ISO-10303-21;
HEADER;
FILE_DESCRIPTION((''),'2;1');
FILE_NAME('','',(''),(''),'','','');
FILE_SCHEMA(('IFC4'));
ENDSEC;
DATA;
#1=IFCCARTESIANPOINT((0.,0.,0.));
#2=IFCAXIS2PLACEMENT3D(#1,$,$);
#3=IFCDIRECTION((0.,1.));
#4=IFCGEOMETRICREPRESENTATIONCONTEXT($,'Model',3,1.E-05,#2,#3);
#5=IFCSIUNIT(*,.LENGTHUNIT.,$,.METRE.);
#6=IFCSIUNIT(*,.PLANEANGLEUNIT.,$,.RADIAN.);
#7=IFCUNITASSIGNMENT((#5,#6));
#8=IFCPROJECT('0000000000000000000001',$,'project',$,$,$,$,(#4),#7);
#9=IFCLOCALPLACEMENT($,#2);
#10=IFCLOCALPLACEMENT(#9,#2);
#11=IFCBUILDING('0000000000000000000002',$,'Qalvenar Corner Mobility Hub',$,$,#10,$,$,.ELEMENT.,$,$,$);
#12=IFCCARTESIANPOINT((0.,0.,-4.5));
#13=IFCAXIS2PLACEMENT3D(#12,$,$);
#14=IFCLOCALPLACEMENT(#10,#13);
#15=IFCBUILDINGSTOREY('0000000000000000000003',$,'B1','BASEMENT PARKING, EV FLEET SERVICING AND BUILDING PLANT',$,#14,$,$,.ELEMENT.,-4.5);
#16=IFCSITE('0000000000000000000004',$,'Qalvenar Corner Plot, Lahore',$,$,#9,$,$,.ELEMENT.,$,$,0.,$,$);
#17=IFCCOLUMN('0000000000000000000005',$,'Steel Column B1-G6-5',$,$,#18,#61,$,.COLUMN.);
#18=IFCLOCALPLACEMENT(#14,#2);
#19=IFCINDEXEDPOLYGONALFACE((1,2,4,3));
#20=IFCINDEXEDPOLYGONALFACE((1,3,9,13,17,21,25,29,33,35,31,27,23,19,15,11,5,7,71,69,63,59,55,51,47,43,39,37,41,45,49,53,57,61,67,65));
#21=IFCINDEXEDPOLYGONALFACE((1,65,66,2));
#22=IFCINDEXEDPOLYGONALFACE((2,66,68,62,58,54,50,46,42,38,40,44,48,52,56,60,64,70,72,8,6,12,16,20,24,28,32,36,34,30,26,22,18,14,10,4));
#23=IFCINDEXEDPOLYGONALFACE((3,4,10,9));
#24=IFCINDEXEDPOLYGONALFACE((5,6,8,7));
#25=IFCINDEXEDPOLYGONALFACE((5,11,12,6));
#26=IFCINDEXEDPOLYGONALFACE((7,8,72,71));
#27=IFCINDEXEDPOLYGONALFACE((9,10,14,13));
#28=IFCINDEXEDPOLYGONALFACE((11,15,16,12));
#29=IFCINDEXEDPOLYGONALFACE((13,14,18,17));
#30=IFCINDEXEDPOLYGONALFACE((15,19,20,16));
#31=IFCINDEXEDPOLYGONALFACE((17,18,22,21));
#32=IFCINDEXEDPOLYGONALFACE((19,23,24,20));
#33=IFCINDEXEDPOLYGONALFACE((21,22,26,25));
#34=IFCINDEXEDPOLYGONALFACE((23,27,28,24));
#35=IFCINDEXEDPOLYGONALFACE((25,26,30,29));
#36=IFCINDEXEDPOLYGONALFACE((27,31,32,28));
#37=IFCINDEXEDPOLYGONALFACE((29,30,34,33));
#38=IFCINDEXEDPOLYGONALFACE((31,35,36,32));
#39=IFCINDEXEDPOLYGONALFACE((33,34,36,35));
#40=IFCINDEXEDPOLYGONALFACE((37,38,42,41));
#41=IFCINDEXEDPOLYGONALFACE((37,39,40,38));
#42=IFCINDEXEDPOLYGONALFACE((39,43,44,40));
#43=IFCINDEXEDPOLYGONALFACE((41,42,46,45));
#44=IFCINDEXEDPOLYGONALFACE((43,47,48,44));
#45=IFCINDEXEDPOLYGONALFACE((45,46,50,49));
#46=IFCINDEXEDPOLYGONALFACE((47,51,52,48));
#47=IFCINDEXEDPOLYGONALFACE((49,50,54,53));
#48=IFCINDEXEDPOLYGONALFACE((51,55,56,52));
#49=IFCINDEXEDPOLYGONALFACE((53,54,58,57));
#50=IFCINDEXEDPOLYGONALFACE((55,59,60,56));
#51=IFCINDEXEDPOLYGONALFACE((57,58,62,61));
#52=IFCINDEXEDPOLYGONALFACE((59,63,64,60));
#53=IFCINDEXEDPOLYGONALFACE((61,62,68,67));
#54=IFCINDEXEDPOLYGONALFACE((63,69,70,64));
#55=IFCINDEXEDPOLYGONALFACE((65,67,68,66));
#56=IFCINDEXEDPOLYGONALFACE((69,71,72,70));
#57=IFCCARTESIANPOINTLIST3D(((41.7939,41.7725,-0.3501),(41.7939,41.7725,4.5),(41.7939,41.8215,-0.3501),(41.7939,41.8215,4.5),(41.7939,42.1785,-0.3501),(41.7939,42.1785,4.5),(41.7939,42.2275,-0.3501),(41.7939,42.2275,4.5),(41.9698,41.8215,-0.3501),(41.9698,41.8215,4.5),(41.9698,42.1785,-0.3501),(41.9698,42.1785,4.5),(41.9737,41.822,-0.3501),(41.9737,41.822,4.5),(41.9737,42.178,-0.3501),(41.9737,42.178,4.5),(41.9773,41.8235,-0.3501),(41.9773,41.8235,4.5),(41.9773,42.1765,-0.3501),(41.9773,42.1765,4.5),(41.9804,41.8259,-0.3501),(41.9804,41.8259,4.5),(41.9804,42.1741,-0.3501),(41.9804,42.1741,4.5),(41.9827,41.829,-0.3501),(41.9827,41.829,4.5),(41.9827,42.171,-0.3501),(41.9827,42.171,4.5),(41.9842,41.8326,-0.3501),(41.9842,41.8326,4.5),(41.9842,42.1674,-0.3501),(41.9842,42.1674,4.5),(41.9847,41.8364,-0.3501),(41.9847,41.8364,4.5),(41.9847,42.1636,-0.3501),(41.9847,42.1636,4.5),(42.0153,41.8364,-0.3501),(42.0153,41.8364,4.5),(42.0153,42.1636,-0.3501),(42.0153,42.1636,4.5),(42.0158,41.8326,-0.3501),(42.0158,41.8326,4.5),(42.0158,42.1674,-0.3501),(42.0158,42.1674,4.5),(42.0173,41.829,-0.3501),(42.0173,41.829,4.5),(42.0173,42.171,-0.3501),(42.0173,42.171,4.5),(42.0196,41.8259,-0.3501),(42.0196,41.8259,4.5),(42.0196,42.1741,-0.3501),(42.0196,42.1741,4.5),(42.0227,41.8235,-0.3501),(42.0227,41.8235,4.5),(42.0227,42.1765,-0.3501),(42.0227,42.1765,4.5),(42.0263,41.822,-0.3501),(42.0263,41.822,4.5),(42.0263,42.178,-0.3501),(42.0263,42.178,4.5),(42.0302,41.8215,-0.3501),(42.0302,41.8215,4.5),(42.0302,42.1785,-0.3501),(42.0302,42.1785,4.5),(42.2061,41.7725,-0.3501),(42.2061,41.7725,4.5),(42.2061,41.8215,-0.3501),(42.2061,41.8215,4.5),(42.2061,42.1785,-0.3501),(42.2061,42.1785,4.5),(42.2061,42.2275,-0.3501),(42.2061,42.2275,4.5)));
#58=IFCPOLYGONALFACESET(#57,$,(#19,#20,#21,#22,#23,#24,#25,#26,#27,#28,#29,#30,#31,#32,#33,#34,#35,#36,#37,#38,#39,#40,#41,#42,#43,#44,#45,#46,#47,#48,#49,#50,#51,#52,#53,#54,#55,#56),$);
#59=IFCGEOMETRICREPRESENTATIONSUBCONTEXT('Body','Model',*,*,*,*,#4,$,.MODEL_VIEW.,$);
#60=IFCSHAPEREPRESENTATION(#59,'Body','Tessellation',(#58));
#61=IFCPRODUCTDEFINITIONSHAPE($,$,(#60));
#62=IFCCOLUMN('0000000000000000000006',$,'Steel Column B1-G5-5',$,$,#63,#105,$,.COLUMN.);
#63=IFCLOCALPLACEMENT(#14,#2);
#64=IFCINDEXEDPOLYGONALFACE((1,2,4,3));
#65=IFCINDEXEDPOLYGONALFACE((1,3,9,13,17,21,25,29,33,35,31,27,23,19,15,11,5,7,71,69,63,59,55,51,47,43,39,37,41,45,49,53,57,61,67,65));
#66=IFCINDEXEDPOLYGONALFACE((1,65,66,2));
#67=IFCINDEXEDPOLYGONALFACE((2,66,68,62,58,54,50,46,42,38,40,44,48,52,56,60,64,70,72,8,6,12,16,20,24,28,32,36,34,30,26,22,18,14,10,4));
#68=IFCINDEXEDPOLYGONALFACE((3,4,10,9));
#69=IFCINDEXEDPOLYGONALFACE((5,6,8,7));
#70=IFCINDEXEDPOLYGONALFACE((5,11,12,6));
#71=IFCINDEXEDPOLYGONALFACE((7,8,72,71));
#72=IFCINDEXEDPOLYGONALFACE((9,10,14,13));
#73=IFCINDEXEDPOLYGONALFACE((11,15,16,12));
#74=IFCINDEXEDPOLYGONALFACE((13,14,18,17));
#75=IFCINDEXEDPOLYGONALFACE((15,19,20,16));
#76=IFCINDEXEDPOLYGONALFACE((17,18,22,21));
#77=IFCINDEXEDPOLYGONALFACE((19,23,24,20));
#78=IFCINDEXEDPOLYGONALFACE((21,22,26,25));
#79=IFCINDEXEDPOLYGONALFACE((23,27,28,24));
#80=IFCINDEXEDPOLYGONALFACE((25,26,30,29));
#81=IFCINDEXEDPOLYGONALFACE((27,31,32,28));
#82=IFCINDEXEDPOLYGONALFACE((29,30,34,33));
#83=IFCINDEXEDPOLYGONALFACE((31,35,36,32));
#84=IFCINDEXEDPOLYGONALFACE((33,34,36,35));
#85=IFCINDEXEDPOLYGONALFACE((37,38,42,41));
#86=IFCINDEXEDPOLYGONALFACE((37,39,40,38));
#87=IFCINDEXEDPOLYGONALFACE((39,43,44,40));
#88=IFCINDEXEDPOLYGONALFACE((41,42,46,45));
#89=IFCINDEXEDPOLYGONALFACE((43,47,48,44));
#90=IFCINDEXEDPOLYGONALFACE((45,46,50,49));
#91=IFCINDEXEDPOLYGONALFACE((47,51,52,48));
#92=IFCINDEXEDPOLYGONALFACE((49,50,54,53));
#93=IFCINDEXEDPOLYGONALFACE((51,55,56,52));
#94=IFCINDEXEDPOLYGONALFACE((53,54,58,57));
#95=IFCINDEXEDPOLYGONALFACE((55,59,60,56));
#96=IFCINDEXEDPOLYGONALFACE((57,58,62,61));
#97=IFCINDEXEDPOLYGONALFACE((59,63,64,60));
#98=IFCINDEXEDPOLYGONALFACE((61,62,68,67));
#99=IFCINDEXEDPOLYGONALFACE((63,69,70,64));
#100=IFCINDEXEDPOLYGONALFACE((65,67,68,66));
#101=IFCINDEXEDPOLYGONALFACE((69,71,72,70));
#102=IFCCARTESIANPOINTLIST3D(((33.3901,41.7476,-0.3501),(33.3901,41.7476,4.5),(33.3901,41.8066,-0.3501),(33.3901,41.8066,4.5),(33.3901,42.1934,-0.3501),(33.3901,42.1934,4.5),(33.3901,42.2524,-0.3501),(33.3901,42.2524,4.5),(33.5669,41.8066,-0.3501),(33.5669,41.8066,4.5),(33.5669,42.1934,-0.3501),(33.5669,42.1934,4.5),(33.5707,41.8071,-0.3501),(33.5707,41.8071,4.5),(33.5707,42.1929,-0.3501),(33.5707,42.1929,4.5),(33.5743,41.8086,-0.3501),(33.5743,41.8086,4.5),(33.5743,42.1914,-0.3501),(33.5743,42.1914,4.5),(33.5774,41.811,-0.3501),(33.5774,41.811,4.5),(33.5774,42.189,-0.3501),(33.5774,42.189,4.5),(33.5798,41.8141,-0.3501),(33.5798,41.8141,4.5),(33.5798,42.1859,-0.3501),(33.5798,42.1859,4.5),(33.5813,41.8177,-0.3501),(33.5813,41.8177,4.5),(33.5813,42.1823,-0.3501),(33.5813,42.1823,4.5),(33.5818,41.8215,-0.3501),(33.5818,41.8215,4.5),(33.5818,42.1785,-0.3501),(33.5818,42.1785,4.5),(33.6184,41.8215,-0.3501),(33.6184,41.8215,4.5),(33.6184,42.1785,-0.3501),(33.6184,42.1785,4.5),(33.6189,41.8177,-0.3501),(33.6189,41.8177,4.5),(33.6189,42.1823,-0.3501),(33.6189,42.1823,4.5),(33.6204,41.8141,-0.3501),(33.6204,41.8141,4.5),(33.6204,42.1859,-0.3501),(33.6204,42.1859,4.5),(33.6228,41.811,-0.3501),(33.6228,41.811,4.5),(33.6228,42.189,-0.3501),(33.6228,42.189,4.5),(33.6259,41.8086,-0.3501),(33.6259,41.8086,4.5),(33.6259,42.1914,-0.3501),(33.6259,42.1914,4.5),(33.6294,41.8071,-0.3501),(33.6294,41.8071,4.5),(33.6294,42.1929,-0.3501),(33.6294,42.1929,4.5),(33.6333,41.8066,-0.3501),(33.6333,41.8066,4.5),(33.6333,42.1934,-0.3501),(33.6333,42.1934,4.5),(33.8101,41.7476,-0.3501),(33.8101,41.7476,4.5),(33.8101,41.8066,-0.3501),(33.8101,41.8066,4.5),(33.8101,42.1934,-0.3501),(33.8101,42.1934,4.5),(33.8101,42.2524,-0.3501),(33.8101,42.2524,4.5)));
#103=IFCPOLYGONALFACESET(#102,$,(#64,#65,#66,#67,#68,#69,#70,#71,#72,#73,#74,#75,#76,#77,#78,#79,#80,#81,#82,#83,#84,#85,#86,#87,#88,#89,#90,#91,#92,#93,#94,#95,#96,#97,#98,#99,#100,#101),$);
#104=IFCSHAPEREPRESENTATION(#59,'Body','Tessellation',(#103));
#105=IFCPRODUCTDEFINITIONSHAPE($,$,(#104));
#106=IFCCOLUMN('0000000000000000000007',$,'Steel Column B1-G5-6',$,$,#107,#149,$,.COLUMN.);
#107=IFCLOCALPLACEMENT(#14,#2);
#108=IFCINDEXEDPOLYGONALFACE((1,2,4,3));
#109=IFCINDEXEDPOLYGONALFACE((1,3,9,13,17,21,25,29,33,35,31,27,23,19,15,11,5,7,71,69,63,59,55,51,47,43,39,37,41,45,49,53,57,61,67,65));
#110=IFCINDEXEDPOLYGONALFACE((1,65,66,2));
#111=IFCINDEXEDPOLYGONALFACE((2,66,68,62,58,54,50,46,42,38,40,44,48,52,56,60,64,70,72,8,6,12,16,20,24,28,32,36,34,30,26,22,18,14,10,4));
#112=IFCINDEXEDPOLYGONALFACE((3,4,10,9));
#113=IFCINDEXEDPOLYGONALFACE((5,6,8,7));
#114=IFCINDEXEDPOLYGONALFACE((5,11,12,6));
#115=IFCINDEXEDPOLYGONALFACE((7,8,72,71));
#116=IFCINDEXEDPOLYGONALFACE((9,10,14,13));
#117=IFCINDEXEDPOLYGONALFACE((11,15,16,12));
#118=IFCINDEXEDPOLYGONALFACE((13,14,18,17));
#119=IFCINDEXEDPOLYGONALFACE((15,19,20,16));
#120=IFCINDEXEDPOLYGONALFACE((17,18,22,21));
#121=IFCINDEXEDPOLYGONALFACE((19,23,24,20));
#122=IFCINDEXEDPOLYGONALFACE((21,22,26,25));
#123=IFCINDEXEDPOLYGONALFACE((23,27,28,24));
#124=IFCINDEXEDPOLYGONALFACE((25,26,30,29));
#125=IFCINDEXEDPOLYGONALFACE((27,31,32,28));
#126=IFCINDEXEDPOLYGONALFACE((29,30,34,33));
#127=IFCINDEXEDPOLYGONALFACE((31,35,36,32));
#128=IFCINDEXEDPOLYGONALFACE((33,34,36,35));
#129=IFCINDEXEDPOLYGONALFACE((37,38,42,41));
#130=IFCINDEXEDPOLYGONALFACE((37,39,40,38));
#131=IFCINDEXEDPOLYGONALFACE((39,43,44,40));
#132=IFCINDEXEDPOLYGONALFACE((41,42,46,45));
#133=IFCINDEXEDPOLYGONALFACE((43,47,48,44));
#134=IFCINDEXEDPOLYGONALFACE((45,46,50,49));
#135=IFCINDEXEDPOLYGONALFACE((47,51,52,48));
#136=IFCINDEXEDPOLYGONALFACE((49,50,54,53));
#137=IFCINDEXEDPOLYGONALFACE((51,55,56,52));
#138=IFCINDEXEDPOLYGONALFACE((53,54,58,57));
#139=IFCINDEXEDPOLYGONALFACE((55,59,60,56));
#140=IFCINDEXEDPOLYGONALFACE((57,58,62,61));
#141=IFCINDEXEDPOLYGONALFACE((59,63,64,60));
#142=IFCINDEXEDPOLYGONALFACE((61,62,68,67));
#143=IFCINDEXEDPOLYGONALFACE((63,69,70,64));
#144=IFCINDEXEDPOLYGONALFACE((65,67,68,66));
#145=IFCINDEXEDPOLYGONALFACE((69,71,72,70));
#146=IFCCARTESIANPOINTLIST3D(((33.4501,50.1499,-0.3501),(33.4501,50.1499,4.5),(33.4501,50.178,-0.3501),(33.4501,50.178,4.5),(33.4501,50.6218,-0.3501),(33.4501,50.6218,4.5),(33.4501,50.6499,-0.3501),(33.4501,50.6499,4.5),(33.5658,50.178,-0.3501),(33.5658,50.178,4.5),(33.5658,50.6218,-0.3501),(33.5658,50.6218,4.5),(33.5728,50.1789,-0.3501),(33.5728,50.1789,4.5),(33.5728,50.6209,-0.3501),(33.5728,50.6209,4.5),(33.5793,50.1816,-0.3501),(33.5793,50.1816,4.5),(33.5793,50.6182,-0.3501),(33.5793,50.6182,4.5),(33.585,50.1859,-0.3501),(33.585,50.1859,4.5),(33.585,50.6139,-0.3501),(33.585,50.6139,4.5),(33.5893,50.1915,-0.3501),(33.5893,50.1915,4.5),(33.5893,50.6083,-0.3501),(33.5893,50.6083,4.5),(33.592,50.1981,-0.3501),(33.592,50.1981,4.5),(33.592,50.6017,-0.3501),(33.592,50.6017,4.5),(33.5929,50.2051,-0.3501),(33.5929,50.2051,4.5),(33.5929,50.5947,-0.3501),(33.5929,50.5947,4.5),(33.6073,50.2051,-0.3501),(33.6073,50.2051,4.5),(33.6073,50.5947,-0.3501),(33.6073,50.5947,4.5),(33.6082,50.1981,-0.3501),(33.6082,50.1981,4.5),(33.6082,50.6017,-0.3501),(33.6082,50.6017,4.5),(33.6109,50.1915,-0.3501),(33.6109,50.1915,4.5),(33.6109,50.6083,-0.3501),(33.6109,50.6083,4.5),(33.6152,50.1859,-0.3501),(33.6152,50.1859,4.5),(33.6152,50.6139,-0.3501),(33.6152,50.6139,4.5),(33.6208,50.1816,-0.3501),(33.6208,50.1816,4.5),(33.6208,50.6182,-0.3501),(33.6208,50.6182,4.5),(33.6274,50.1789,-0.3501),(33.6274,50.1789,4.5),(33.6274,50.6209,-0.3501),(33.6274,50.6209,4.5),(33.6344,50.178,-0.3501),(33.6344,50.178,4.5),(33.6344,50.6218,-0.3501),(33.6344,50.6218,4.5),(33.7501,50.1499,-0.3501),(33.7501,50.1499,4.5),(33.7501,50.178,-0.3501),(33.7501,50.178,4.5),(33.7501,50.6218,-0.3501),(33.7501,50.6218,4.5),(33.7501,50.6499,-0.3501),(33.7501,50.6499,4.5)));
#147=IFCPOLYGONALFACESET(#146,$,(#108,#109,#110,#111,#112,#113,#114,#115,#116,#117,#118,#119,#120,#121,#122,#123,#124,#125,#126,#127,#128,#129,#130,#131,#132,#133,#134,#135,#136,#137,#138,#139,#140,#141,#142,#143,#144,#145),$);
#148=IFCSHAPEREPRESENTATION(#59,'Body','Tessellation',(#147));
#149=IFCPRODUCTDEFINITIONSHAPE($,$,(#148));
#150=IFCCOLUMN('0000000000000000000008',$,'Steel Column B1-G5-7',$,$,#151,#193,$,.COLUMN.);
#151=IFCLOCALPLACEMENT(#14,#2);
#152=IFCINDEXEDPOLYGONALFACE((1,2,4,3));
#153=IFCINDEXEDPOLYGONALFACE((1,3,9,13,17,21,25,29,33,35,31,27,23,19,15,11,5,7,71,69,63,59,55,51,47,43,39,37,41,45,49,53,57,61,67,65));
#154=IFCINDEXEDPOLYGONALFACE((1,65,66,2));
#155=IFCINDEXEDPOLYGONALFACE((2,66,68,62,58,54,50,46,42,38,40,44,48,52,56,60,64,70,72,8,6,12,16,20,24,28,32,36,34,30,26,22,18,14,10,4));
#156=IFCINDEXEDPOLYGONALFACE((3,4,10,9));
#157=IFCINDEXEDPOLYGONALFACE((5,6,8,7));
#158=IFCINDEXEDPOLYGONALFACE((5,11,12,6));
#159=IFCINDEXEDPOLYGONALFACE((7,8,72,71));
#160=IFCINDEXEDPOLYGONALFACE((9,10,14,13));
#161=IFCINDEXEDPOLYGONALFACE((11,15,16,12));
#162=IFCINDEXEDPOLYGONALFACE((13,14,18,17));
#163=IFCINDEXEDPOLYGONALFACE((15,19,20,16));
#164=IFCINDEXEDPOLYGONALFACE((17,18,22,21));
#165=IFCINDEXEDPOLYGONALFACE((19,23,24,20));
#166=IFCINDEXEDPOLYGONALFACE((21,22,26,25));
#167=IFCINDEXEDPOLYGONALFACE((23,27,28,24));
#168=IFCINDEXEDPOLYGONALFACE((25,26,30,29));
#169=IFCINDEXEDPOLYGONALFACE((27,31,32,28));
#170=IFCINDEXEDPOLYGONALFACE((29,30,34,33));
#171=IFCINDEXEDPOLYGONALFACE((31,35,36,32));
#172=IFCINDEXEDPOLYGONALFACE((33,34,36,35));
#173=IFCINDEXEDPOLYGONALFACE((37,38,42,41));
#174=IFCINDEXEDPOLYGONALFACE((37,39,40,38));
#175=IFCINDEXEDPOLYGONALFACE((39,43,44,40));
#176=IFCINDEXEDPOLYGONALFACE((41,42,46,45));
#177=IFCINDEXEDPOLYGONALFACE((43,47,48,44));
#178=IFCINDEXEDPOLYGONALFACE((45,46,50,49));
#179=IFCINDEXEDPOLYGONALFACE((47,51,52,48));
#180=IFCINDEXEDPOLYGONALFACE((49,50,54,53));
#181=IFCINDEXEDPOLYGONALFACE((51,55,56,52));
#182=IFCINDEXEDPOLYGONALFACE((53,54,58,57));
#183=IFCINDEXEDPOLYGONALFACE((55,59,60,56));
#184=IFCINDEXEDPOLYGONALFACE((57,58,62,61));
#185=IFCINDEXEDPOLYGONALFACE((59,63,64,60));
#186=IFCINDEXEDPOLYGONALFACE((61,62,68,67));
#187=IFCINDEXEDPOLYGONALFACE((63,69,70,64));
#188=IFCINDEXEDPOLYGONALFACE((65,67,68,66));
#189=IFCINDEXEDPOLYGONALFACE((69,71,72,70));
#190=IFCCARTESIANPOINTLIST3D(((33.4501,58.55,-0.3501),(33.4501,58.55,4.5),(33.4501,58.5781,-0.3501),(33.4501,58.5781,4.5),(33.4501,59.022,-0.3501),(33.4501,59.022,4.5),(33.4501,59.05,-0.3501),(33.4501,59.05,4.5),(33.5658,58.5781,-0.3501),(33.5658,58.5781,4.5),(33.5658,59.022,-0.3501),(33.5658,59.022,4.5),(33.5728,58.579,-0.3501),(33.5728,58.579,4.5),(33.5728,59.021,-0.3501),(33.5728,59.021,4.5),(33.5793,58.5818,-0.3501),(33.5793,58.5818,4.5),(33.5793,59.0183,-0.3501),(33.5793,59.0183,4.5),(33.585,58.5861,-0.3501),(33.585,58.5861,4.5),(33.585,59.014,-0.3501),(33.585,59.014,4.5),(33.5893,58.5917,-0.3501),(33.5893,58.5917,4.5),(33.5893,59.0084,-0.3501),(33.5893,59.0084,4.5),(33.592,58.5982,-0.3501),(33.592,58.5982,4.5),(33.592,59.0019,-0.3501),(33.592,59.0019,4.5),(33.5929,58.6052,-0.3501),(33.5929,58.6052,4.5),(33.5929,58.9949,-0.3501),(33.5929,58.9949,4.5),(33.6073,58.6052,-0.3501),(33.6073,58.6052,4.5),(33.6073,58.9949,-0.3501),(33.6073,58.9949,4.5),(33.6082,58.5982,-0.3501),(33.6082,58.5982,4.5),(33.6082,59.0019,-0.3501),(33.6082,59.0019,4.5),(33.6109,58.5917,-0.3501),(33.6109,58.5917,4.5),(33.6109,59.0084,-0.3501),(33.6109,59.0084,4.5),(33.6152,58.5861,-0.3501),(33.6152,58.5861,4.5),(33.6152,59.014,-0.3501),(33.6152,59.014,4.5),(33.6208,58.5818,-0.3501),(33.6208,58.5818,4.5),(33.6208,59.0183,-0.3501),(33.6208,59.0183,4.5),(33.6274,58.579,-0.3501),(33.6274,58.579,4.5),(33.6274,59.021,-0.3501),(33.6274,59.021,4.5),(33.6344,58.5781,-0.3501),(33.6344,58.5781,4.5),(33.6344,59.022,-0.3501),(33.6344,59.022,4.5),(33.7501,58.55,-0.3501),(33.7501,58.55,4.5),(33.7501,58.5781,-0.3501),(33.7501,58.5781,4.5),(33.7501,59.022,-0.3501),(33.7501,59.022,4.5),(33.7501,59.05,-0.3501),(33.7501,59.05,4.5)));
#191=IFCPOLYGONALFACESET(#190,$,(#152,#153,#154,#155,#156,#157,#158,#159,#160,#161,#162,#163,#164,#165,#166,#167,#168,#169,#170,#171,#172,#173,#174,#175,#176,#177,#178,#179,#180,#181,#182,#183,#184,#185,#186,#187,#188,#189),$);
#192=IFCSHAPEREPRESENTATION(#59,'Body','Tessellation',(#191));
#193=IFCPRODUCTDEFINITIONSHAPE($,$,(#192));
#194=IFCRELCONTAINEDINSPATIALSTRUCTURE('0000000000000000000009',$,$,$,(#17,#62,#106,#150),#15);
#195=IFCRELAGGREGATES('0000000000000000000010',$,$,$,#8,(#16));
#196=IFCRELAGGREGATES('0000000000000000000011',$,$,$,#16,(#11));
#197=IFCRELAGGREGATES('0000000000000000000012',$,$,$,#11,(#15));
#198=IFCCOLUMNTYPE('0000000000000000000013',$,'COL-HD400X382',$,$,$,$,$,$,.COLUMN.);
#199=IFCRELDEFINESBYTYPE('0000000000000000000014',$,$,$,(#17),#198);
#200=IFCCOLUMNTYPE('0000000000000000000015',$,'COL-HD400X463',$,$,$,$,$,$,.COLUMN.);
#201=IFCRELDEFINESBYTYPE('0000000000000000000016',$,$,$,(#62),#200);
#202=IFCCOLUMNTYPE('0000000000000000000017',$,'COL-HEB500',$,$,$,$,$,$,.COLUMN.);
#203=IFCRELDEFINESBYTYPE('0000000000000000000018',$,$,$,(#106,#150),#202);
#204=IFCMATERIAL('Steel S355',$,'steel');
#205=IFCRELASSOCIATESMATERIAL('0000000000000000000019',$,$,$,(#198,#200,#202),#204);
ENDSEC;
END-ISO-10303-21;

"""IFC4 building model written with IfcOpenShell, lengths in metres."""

from ifc_helpers import new_model, si_unit, direction, frame, origin, origin_2d, place, context, subcontext, project, spatial, i_section, extrude, material, material_profile, profile_set, type_object, element, save


model = new_model("IFC4")

# Units and contexts
model_context = context("Model", 3, precision=1e-05, world=origin(), true_north=direction((0.0, 1.0)))
body_context = subcontext(model_context, "Body", "Model", "MODEL_VIEW")
ifc_project = project(units=[si_unit("LENGTHUNIT", "METRE"), si_unit("PLANEANGLEUNIT", "RADIAN")], contexts=[model_context])

# Site, building, storey
site_placement = place(None, origin())
site = spatial("IfcSite", under=ifc_project, at=site_placement, Name="Qalvenar Corner Plot, Lahore", CompositionType="ELEMENT", RefElevation=0.0)
building_placement = place(site_placement, origin())
building = spatial("IfcBuilding", under=site, at=building_placement, Name="Qalvenar Corner Mobility Hub", CompositionType="ELEMENT")
storey_placement = place(building_placement, frame((0.0, 0.0, -4.5)))
storey = spatial("IfcBuildingStorey", under=building, at=storey_placement, Name="B1", Description="BASEMENT PARKING, EV FLEET SERVICING AND BUILDING PLANT", CompositionType="ELEMENT", Elevation=-4.5)

# Columns
ifc_material_1 = material(Name="Steel S355", Category="steel")
ifc_material_profile_1 = material_profile(ifc_material_1, i_section(OverallWidth=0.4121, OverallDepth=0.4551, WebThickness=0.0305, FlangeThickness=0.0491, FilletRadius=0.0149, at=origin_2d()), Name="HD400x421")
ifc_profile_set_1 = profile_set([ifc_material_profile_1], Name="Steel S355")
column_type_1 = type_object("IfcColumnType", Name="COL-HD400X382", PredefinedType="COLUMN", material=ifc_profile_set_1)
column_1_placement = place(storey_placement, frame((42.0, 42.0, -0.3501), z_axis=(0.0, 0.0, 1.0), x_axis=(1.0, 0.0, 0.0)))
element("IfcColumn", 1, at=column_1_placement, inside=storey, type_object=column_type_1, Name="Steel Column B1-G6-5", PredefinedType="COLUMN", context=body_context, shape_type="SweptSolid", body=[
    extrude(i_section(OverallWidth=0.4121, OverallDepth=0.4551, WebThickness=0.0305, FlangeThickness=0.0491, FilletRadius=0.0149, at=origin_2d()), origin(), (0.0, 0.0, 1.0), 4.8501),
])
ifc_material_profile_2 = material_profile(ifc_material_1, i_section(OverallWidth=0.4199, OverallDepth=0.5049, WebThickness=0.0366, FlangeThickness=0.0591, FilletRadius=0.0149, at=origin_2d()), Name="HD400x551")
ifc_profile_set_2 = profile_set([ifc_material_profile_2], Name="Steel S355")
column_type_2 = type_object("IfcColumnType", Name="COL-HD400X463", PredefinedType="COLUMN", material=ifc_profile_set_2)
column_2_placement = place(storey_placement, frame((33.6001, 42.0, -0.3501), z_axis=(0.0, 0.0, 1.0), x_axis=(1.0, 0.0, 0.0)))
element("IfcColumn", 2, at=column_2_placement, inside=storey, type_object=column_type_2, Name="Steel Column B1-G5-5", PredefinedType="COLUMN", context=body_context, shape_type="SweptSolid", body=[
    extrude(i_section(OverallWidth=0.4199, OverallDepth=0.5049, WebThickness=0.0366, FlangeThickness=0.0591, FilletRadius=0.0149, at=origin_2d()), origin(), (0.0, 0.0, 1.0), 4.8501),
])
ifc_material_profile_3 = material_profile(ifc_material_1, i_section(OverallWidth=0.3, OverallDepth=0.5, WebThickness=0.0144, FlangeThickness=0.0281, FilletRadius=0.0271, at=origin_2d()), Name="HEB500")
ifc_profile_set_3 = profile_set([ifc_material_profile_3], Name="Steel S355")
column_type_3 = type_object("IfcColumnType", Name="COL-HEB500", PredefinedType="COLUMN", material=ifc_profile_set_3)
for number, where, z_axis, x_axis, name in (
    (3, (33.6001, 50.3999, -0.3501), (0.0, 0.0, 1.0), (1.0, 0.0, 0.0), "Steel Column B1-G5-6"),
    (4, (33.6001, 58.8, -0.3501), (0.0, 0.0, 1.0), (1.0, 0.0, 0.0), "Steel Column B1-G5-7"),
):
    element("IfcColumn", number, at=place(storey_placement, frame(where, z_axis=z_axis, x_axis=x_axis)), inside=storey, type_object=column_type_3, Name=name, PredefinedType="COLUMN", context=body_context, shape_type="SweptSolid", body=[
        extrude(i_section(OverallWidth=0.3, OverallDepth=0.5, WebThickness=0.0144, FlangeThickness=0.0281, FilletRadius=0.0271, at=origin_2d()), origin(), (0.0, 0.0, 1.0), 4.8501),
    ])

save(model, "model.ifc")
